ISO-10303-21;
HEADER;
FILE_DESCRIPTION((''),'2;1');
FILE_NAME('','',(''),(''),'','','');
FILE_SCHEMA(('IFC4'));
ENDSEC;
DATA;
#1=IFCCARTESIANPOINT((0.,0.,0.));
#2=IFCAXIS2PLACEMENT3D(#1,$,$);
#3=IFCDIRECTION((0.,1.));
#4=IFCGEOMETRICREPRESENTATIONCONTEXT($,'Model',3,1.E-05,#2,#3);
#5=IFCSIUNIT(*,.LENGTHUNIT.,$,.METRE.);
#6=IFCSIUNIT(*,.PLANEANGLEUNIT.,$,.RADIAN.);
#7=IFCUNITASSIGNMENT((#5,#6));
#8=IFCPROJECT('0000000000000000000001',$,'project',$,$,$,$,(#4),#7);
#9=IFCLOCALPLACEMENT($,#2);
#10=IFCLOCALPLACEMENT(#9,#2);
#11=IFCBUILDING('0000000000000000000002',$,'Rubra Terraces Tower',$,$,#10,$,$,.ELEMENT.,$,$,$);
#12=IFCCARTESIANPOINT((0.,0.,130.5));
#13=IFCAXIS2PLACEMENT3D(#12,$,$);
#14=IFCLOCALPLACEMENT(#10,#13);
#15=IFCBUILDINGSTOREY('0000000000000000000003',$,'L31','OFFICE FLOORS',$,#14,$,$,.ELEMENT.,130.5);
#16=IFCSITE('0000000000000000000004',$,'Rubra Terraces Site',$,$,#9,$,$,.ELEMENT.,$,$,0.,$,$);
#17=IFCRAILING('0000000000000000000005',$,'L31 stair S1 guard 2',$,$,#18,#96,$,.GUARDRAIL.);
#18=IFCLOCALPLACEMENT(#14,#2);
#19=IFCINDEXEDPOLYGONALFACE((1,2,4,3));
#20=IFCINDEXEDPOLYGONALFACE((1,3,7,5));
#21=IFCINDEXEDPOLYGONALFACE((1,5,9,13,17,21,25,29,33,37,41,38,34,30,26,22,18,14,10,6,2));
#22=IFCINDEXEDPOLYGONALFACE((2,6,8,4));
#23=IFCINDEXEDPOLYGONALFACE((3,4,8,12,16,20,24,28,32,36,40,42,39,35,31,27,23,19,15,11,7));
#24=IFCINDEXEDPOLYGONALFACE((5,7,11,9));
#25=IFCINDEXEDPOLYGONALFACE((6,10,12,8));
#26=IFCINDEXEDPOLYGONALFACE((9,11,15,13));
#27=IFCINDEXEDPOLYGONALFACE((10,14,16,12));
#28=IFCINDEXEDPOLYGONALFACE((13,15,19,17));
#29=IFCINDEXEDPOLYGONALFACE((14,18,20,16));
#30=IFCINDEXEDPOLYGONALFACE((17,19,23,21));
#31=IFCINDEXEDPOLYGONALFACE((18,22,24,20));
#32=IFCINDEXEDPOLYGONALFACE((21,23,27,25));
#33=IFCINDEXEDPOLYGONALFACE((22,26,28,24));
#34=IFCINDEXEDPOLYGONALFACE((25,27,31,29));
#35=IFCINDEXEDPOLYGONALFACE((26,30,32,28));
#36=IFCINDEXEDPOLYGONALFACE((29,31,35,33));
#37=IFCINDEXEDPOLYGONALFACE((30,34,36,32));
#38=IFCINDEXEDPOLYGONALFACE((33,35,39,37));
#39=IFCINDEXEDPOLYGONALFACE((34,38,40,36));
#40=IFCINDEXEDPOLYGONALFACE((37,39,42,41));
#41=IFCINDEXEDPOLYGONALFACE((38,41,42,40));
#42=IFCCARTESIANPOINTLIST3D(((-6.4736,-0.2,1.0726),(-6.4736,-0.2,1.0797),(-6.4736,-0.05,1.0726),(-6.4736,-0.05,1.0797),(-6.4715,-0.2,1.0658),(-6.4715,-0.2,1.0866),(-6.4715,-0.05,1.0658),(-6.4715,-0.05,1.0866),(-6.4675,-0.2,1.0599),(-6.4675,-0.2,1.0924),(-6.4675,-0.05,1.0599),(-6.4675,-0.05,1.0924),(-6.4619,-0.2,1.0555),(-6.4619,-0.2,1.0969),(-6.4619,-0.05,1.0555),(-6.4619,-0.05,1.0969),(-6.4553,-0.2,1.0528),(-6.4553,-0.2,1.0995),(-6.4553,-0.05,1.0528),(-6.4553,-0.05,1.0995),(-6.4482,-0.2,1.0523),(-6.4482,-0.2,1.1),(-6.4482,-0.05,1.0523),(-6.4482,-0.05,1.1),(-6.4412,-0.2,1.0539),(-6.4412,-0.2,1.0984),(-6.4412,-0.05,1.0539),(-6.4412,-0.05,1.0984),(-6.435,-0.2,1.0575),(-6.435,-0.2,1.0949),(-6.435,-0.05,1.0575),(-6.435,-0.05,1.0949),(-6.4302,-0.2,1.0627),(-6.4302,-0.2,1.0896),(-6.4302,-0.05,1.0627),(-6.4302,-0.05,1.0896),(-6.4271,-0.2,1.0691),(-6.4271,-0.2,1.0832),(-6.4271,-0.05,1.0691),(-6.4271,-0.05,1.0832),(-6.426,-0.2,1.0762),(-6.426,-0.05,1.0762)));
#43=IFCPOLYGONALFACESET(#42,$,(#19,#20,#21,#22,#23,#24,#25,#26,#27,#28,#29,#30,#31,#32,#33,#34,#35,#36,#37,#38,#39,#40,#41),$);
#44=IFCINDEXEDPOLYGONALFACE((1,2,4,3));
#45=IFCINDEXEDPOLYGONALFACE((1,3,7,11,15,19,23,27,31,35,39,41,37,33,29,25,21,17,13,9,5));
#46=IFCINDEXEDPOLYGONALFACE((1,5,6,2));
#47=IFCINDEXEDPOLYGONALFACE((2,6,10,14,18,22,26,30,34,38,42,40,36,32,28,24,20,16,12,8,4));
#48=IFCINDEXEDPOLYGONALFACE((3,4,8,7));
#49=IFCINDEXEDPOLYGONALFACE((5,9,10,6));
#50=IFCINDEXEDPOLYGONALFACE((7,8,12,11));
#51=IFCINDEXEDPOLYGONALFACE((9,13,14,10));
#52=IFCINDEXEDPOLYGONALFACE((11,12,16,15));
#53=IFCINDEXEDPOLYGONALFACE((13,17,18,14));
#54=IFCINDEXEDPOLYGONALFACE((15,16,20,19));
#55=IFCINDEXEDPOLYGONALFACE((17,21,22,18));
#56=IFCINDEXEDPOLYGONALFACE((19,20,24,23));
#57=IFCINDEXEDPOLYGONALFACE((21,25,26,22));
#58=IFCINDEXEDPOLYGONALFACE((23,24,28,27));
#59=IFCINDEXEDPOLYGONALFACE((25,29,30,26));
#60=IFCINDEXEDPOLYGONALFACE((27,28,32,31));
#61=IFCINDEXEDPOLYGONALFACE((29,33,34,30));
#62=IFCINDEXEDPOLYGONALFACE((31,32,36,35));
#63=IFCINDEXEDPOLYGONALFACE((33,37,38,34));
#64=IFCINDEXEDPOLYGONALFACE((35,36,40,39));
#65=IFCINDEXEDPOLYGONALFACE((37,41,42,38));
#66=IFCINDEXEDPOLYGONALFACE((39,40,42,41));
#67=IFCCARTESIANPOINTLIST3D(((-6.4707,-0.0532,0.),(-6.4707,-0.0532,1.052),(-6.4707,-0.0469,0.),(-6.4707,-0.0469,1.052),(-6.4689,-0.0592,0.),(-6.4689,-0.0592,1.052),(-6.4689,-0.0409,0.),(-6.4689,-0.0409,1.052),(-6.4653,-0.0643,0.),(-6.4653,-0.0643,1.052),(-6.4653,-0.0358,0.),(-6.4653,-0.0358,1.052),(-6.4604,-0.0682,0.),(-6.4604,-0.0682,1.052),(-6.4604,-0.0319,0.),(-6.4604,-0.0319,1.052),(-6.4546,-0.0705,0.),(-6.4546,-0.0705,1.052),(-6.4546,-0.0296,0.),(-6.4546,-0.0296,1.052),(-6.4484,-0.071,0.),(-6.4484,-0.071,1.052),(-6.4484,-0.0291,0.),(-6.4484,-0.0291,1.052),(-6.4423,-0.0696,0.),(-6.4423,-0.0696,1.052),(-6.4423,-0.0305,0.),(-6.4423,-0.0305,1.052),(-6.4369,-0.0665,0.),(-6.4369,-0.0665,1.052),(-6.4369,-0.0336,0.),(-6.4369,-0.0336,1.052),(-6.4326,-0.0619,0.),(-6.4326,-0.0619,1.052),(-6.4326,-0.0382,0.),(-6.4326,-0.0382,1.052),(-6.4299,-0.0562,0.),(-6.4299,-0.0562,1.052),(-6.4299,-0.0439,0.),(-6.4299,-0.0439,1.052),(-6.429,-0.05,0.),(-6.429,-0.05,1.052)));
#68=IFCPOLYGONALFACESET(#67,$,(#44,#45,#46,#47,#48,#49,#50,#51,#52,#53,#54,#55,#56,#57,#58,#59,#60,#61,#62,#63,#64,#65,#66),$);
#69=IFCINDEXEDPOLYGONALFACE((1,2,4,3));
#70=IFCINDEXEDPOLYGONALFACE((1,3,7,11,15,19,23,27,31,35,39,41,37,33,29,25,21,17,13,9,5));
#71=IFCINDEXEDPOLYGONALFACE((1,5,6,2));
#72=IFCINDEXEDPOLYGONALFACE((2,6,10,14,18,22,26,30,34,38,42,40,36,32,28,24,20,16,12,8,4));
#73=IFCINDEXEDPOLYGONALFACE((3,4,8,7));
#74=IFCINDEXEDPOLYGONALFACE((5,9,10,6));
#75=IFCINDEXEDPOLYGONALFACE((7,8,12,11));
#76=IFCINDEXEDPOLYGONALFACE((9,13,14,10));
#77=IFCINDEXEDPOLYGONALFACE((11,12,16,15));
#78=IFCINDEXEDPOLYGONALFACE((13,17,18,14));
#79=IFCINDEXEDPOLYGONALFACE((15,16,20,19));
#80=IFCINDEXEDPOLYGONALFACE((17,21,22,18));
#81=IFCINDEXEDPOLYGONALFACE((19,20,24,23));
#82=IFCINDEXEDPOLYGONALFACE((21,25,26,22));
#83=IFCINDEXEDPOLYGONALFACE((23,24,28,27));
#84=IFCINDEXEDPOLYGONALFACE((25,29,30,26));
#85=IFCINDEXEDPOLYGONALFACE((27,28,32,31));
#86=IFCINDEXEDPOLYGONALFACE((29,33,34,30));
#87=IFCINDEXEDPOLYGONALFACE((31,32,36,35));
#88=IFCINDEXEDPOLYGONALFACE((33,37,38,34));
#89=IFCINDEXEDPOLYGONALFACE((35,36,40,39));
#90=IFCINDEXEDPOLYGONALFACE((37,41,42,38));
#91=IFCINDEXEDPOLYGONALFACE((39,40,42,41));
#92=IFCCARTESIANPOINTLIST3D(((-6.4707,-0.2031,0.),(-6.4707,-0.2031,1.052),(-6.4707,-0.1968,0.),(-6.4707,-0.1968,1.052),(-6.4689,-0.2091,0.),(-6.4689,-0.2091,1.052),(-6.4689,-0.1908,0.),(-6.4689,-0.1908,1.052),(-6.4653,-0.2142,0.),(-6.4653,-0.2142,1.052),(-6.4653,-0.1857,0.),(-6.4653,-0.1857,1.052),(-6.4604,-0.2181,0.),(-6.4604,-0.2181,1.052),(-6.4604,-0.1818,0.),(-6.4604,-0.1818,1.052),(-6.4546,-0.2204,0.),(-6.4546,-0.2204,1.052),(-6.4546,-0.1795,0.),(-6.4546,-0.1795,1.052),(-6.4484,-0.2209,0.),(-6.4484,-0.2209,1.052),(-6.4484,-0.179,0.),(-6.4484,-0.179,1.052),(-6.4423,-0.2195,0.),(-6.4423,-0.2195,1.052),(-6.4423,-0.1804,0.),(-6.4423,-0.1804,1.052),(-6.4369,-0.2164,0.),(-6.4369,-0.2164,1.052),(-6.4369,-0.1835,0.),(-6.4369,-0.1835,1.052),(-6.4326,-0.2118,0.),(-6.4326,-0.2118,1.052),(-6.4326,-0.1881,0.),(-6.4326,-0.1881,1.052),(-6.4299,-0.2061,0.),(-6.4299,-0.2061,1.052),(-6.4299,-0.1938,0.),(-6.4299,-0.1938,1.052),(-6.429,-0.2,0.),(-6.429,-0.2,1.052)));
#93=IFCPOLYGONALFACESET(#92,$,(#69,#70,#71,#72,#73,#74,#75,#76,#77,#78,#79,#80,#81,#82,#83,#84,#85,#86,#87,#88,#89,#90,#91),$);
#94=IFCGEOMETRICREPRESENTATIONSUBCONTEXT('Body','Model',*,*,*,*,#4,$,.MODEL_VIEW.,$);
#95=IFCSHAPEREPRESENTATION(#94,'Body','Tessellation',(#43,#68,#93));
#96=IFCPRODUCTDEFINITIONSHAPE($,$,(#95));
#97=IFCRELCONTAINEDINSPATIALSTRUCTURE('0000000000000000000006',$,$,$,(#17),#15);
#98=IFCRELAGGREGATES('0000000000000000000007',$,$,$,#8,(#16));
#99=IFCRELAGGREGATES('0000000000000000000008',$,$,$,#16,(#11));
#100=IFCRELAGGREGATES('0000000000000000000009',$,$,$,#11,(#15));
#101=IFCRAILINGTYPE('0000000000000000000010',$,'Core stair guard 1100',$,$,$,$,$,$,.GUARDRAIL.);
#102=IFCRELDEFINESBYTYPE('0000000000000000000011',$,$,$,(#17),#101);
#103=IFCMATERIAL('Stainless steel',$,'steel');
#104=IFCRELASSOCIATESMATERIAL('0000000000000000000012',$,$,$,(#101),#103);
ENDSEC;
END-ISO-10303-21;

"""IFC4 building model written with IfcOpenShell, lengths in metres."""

from ifc_helpers import new_model, si_unit, direction, frame, origin, origin_2d, place, context, subcontext, project, spatial, circle, extrude, material, type_object, element, save


model = new_model("IFC4")

# Units and contexts
model_context = context("Model", 3, precision=1e-05, world=origin(), true_north=direction((0.0, 1.0)))
body_context = subcontext(model_context, "Body", "Model", "MODEL_VIEW")
ifc_project = project(units=[si_unit("LENGTHUNIT", "METRE"), si_unit("PLANEANGLEUNIT", "RADIAN")], contexts=[model_context])

# Site, building, storey
site_placement = place(None, origin())
site = spatial("IfcSite", under=ifc_project, at=site_placement, Name="Rubra Terraces Site", CompositionType="ELEMENT", RefElevation=0.0)
building_placement = place(site_placement, origin())
building = spatial("IfcBuilding", under=site, at=building_placement, Name="Rubra Terraces Tower", CompositionType="ELEMENT")
storey_placement = place(building_placement, frame((0.0, 0.0, 130.5)))
storey = spatial("IfcBuildingStorey", under=building, at=storey_placement, Name="L31", Description="OFFICE FLOORS", CompositionType="ELEMENT", Elevation=130.5)

# Railing
ifc_material_1 = material(Name="Stainless steel", Category="steel")
railing_type_1 = type_object("IfcRailingType", Name="Core stair guard 1100", PredefinedType="GUARDRAIL", material=ifc_material_1)
railing_1_placement = place(storey_placement, frame((-6.45, -0.05, 0.0)))
element("IfcRailing", 1, at=railing_1_placement, inside=storey, type_object=railing_type_1, Name="L31 stair S1 guard 2", PredefinedType="GUARDRAIL", context=body_context, shape_type="SweptSolid", body=[
    extrude(circle(Radius=0.0239, at=origin_2d()), frame((0.0, 0.0, 1.0762), z_axis=(0.0, -1.0, 0.0), x_axis=(1.0, 0.0, 0.0)), (0.0, 0.0, 1.0), 0.1499),
    extrude(circle(Radius=0.021, at=origin_2d()), origin(), (0.0, 0.0, 1.0), 1.052),
    extrude(circle(Radius=0.021, at=origin_2d()), frame((0.0, -0.1499, 0.0)), (0.0, 0.0, 1.0), 1.052),
])

save(model, "model.ifc")
